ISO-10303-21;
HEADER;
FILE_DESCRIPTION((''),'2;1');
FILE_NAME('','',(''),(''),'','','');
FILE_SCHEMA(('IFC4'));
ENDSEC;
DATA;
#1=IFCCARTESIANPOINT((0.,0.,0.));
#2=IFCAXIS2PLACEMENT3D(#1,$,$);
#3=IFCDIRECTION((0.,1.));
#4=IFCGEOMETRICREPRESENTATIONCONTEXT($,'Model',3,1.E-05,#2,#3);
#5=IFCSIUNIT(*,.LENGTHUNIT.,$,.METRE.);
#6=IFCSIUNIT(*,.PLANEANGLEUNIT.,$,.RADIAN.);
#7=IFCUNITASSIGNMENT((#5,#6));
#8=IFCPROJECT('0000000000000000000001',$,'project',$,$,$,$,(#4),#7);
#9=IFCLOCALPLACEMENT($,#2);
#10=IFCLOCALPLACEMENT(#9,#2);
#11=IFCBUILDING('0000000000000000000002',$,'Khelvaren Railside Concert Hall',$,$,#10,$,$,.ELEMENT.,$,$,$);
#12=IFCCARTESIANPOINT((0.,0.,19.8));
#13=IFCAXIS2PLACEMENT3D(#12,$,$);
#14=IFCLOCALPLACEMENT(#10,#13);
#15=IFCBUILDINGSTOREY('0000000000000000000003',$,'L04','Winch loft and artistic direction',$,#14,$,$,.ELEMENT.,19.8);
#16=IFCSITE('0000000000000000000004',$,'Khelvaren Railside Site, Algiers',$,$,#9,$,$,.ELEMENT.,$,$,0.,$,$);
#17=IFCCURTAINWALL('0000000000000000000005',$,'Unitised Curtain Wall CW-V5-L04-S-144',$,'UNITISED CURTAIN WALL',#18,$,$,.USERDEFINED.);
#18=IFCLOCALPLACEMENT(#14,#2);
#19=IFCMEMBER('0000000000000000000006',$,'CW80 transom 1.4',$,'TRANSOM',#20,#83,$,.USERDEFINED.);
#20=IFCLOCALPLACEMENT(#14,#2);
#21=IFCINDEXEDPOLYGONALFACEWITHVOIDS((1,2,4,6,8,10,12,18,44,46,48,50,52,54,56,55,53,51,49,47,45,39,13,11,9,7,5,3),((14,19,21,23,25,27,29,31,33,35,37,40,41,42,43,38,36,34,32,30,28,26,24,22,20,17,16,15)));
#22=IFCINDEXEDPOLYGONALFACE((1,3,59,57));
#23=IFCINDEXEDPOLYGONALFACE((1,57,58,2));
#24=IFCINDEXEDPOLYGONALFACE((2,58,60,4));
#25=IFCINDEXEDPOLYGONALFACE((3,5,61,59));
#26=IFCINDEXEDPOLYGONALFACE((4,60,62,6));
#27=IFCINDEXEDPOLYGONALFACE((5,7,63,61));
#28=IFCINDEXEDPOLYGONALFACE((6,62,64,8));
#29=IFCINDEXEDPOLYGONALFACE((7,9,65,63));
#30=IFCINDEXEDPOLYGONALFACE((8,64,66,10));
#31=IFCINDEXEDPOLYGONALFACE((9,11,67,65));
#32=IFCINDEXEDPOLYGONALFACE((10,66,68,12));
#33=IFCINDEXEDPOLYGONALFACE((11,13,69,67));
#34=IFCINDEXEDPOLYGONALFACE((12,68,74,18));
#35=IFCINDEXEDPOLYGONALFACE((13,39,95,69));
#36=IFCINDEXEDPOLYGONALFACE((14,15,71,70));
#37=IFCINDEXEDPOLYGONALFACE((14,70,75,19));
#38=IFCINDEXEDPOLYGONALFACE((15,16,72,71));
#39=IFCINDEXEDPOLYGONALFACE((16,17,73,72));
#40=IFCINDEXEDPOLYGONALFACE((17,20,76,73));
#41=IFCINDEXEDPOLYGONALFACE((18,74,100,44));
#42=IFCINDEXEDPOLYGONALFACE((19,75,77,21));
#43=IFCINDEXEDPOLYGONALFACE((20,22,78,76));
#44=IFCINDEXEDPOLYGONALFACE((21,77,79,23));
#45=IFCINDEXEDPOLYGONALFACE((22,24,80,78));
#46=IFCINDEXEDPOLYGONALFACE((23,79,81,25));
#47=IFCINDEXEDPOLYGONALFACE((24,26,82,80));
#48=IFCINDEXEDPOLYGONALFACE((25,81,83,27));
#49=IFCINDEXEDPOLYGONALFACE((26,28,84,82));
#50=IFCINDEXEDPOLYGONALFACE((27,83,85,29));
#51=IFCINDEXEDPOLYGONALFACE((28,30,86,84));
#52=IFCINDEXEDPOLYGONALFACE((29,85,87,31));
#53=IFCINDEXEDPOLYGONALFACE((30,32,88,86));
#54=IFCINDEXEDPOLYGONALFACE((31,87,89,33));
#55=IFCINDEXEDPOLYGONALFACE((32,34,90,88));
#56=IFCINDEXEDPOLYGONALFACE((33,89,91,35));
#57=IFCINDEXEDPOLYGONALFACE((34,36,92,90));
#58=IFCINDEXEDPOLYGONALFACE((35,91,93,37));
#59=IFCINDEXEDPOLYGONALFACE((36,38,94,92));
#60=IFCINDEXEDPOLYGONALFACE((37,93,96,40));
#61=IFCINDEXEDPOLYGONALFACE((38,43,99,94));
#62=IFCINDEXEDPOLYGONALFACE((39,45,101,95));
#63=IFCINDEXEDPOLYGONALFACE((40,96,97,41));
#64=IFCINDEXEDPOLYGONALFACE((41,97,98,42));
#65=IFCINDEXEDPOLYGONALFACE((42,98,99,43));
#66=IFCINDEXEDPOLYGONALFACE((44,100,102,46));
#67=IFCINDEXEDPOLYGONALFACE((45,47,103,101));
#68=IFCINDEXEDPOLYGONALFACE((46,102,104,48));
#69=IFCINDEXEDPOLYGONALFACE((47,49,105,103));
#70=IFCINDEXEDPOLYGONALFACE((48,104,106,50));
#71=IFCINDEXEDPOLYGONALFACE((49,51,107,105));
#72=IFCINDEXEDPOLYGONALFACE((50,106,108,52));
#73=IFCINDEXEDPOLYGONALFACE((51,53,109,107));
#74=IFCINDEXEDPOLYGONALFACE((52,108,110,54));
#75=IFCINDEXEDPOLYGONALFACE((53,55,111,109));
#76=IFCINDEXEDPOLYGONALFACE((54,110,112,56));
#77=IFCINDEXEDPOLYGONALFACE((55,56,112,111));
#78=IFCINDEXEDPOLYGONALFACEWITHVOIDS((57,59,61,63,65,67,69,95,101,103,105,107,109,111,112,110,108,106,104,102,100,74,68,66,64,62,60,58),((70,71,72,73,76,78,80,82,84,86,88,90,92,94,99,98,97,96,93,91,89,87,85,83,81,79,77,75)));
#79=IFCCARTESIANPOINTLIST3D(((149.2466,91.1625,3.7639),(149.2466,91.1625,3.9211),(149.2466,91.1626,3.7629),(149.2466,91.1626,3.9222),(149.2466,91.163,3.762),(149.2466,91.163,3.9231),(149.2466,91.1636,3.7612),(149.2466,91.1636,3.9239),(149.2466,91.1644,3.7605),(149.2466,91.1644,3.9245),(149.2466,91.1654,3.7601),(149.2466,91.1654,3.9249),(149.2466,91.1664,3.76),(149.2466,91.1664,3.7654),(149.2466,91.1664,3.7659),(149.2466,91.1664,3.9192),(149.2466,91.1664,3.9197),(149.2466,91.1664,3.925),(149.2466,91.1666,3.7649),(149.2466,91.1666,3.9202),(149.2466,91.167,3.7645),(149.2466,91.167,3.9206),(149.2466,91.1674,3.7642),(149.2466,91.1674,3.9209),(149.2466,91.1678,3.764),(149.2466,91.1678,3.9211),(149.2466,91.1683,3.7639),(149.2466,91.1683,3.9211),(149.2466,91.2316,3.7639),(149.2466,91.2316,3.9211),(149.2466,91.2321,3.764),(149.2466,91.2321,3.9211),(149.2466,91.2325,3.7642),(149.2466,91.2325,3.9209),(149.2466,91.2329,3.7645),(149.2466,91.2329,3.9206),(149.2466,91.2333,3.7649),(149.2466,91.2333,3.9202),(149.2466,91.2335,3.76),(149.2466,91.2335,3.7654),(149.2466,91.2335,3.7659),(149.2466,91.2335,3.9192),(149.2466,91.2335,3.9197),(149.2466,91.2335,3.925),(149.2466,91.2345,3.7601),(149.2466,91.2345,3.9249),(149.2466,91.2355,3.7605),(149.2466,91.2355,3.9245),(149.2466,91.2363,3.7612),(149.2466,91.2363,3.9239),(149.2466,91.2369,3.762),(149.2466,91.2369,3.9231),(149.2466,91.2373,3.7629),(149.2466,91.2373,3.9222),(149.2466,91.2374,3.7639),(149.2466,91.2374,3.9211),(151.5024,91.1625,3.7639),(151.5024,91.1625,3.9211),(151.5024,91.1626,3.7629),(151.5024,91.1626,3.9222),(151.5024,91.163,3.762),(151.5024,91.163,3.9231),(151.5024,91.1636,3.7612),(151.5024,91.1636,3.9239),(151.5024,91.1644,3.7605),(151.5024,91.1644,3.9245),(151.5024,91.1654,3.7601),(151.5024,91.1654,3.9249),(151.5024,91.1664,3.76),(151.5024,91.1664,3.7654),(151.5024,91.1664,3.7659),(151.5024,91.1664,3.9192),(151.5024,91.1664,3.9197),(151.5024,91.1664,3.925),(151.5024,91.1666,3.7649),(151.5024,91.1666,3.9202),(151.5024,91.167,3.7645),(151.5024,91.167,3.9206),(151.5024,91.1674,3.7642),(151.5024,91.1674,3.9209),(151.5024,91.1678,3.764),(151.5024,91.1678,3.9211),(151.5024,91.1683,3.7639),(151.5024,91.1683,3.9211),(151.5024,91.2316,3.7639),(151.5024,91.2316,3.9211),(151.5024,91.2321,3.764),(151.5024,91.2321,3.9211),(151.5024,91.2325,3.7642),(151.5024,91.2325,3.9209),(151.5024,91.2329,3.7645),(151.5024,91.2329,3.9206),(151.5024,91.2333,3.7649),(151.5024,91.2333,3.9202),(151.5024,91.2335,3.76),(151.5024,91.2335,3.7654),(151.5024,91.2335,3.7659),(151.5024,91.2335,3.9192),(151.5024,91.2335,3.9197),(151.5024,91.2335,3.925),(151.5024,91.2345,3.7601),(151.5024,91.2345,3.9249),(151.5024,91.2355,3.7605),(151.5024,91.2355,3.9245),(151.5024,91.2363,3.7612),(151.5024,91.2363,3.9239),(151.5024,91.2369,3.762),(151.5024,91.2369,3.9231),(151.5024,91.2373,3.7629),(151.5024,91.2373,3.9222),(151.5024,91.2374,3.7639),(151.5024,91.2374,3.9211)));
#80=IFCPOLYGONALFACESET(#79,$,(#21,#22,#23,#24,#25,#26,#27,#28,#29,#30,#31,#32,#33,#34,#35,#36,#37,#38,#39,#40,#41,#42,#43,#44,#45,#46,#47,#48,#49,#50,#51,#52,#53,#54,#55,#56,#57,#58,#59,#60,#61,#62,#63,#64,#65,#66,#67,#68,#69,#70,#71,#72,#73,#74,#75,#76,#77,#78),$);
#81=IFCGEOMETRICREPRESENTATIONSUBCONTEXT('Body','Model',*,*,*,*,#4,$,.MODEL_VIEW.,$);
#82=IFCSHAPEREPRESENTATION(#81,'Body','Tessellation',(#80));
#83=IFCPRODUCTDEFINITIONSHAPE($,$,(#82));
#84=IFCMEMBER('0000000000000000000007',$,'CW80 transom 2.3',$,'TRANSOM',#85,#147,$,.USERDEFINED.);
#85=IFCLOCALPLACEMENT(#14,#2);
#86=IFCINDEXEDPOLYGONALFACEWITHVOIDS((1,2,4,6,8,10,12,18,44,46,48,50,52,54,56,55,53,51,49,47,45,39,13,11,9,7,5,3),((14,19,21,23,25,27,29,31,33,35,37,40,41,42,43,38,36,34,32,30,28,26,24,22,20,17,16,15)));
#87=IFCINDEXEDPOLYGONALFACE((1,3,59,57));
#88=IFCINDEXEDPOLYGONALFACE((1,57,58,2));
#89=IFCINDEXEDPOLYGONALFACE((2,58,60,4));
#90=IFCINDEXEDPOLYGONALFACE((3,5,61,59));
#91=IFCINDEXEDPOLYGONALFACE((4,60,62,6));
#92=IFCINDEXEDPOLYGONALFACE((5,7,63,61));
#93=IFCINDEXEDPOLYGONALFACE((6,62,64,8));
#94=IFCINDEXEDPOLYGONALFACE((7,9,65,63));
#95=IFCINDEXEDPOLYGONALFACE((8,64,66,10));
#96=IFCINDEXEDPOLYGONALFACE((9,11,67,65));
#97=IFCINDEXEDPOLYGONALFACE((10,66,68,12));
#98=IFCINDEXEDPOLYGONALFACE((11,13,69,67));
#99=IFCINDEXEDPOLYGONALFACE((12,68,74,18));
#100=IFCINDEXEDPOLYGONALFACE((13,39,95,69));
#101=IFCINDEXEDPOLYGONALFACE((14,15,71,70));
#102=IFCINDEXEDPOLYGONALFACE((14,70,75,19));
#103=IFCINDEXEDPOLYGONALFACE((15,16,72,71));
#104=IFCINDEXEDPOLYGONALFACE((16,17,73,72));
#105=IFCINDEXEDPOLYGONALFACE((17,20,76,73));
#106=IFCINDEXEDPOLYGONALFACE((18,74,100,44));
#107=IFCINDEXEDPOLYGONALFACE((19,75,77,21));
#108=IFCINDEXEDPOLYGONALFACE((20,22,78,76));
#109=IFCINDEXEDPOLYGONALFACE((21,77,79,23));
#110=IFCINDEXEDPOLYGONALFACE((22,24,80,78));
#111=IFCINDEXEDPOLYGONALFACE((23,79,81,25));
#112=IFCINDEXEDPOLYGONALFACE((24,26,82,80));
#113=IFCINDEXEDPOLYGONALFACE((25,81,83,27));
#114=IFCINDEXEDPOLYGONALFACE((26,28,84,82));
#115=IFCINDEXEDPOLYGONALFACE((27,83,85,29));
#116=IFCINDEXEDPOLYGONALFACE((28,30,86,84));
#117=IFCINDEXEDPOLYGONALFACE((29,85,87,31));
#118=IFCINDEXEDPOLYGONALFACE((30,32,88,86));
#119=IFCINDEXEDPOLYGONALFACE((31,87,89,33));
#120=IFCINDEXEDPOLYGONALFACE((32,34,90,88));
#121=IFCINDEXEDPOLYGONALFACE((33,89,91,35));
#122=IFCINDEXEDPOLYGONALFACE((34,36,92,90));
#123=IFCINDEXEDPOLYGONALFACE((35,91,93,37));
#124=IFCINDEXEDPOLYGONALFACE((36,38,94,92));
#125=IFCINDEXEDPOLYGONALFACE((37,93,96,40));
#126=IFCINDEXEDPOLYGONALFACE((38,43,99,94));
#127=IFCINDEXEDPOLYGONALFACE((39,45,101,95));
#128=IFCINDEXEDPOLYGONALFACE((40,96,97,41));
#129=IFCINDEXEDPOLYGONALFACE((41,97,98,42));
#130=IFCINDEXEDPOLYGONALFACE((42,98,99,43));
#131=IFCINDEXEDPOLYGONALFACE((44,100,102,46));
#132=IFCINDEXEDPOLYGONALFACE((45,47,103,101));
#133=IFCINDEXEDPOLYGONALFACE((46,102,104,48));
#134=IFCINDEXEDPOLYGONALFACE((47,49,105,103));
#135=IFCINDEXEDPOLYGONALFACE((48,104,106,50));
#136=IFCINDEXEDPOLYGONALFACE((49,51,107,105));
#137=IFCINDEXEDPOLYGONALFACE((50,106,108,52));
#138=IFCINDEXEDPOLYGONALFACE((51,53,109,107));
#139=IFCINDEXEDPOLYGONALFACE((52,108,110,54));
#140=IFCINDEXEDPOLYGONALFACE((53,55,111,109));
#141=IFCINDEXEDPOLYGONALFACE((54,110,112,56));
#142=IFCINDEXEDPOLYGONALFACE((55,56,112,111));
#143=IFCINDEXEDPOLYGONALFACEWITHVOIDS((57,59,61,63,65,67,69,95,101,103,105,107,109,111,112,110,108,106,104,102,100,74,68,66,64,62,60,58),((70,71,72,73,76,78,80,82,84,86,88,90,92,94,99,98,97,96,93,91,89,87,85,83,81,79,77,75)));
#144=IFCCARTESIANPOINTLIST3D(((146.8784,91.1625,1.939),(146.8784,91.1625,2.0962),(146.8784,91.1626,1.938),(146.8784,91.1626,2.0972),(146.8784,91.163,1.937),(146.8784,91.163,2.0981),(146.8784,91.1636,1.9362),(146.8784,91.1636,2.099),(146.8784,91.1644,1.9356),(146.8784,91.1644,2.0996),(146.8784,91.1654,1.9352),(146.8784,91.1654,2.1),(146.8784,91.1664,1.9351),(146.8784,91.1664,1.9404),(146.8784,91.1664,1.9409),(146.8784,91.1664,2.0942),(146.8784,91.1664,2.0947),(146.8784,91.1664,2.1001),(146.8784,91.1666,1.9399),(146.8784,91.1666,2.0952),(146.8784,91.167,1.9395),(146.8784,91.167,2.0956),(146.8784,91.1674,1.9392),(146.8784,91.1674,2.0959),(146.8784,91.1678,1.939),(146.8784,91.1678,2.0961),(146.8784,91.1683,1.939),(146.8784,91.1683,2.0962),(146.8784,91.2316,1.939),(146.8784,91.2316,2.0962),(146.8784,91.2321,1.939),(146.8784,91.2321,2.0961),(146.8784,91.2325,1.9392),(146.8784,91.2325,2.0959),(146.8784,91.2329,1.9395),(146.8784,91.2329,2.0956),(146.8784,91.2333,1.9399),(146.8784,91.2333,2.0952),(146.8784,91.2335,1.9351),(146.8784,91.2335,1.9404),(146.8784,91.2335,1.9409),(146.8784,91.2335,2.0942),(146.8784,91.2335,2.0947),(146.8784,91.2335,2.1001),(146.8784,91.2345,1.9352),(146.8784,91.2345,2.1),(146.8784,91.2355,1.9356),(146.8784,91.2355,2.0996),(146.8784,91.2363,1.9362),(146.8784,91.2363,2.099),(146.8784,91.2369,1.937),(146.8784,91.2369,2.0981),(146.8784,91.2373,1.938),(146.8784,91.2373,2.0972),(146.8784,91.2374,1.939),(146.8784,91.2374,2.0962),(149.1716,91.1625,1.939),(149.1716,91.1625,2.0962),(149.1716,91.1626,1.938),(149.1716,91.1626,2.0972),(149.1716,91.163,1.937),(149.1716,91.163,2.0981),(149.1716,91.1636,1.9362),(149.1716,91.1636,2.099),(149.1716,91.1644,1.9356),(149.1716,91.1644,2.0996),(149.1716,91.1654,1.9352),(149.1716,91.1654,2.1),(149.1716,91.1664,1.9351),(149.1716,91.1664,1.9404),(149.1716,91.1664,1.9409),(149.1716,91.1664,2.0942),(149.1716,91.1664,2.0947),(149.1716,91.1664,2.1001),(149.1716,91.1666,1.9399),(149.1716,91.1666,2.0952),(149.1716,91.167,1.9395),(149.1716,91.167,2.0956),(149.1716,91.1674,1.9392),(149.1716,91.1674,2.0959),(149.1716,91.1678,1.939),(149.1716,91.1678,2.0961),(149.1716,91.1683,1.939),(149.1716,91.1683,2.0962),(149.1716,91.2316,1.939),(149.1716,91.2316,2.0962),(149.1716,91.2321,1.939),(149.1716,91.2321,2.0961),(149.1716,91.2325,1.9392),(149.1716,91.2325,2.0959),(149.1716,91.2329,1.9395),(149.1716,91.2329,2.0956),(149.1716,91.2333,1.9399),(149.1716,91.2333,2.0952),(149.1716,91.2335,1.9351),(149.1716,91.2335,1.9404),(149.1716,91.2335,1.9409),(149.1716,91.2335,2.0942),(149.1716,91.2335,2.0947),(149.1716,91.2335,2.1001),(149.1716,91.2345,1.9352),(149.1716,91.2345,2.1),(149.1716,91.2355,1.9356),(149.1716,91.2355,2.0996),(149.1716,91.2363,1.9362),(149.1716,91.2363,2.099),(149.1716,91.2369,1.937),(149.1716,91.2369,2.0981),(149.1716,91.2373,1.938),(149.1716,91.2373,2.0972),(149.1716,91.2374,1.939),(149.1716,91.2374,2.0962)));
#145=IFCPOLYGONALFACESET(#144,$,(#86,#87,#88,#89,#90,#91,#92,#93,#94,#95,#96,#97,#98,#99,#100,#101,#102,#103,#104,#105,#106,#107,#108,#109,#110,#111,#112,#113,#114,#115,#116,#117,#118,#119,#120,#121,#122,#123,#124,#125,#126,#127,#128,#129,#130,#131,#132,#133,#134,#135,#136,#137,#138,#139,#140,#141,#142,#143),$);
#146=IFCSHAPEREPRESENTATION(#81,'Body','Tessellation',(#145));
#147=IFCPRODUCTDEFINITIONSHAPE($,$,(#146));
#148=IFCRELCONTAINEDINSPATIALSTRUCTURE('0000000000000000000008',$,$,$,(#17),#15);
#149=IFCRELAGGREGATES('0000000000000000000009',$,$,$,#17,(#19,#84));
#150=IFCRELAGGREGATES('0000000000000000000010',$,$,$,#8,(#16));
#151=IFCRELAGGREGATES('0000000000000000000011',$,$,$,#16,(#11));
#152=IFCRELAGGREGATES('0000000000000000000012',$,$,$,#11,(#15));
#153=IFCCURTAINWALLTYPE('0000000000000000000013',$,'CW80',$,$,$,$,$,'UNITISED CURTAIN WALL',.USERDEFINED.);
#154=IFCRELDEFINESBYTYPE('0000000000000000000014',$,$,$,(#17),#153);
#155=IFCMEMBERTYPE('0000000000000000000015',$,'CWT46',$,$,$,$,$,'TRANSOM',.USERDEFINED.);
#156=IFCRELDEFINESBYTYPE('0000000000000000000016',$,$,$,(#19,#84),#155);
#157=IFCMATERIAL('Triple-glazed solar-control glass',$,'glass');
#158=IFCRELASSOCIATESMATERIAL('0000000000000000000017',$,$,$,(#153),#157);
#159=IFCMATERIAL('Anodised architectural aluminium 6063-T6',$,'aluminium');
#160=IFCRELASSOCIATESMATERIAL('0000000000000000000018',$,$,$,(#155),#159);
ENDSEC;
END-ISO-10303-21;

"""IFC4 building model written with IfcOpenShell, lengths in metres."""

from ifc_helpers import new_model, si_unit, direction, frame, origin, origin_2d, place, context, subcontext, project, spatial, hollow_rectangle, extrude, material, material_profile, profile_set, type_object, element, aggregate, save


model = new_model("IFC4")

# Units and contexts
model_context = context("Model", 3, precision=1e-05, world=origin(), true_north=direction((0.0, 1.0)))
body_context = subcontext(model_context, "Body", "Model", "MODEL_VIEW")
ifc_project = project(units=[si_unit("LENGTHUNIT", "METRE"), si_unit("PLANEANGLEUNIT", "RADIAN")], contexts=[model_context])

# Site, building, storey
site_placement = place(None, origin())
site = spatial("IfcSite", under=ifc_project, at=site_placement, Name="Khelvaren Railside Site, Algiers", CompositionType="ELEMENT", RefElevation=0.0)
building_placement = place(site_placement, origin())
building = spatial("IfcBuilding", under=site, at=building_placement, Name="Khelvaren Railside Concert Hall", CompositionType="ELEMENT")
storey_placement = place(building_placement, frame((0.0, 0.0, 19.8)))
storey = spatial("IfcBuildingStorey", under=building, at=storey_placement, Name="L04", Description="Winch loft and artistic direction", CompositionType="ELEMENT", Elevation=19.8)

# Curtain wall
ifc_material_1 = material(Name="Triple-glazed solar-control glass", Category="glass")
curtain_wall_type_1 = type_object("IfcCurtainWallType", Name="CW80", ElementType="UNITISED CURTAIN WALL", PredefinedType="USERDEFINED", material=ifc_material_1)
curtain_wall_1_placement = place(storey_placement, origin())
curtain_wall_1 = element("IfcCurtainWall", 1, at=curtain_wall_1_placement, inside=storey, type_object=curtain_wall_type_1, Name="Unitised Curtain Wall CW-V5-L04-S-144", ObjectType="UNITISED CURTAIN WALL", PredefinedType="USERDEFINED")
ifc_material_2 = material(Name="Anodised architectural aluminium 6063-T6", Category="aluminium")

# Members
ifc_material_profile_1 = material_profile(ifc_material_2, hollow_rectangle(XDim=0.075, YDim=0.165, WallThickness=0.0039, InnerFilletRadius=0.002, OuterFilletRadius=0.0039, at=origin_2d()), Name="CWT 75x165x4")
ifc_profile_set_1 = profile_set([ifc_material_profile_1], Name="Anodised architectural aluminium 6063-T6")
member_type_1 = type_object("IfcMemberType", Name="CWT46", ElementType="TRANSOM", PredefinedType="USERDEFINED", material=ifc_profile_set_1)
member_1_placement = place(storey_placement, frame((151.5024, 91.2, 3.8425), z_axis=(-1.0, 0.0, 0.0), x_axis=(0.0, -1.0, 0.0)))
member_1 = element("IfcMember", 2, at=member_1_placement, type_object=member_type_1, Name="CW80 transom 1.4", ObjectType="TRANSOM", PredefinedType="USERDEFINED", context=body_context, shape_type="SweptSolid", body=[
    extrude(hollow_rectangle(XDim=0.075, YDim=0.165, WallThickness=0.0039, InnerFilletRadius=0.002, OuterFilletRadius=0.0039, at=origin_2d()), origin(), (0.0, 0.0, 1.0), 2.2559),
])
member_2_placement = place(storey_placement, frame((149.1716, 91.2, 2.0176), z_axis=(-1.0, 0.0, 0.0), x_axis=(0.0, -1.0, 0.0)))
member_2 = element("IfcMember", 3, at=member_2_placement, type_object=member_type_1, Name="CW80 transom 2.3", ObjectType="TRANSOM", PredefinedType="USERDEFINED", context=body_context, shape_type="SweptSolid", body=[
    extrude(hollow_rectangle(XDim=0.075, YDim=0.165, WallThickness=0.0039, InnerFilletRadius=0.002, OuterFilletRadius=0.0039, at=origin_2d()), origin(), (0.0, 0.0, 1.0), 2.2932),
])

aggregate(curtain_wall_1, [member_1, member_2])

save(model, "model.ifc")
